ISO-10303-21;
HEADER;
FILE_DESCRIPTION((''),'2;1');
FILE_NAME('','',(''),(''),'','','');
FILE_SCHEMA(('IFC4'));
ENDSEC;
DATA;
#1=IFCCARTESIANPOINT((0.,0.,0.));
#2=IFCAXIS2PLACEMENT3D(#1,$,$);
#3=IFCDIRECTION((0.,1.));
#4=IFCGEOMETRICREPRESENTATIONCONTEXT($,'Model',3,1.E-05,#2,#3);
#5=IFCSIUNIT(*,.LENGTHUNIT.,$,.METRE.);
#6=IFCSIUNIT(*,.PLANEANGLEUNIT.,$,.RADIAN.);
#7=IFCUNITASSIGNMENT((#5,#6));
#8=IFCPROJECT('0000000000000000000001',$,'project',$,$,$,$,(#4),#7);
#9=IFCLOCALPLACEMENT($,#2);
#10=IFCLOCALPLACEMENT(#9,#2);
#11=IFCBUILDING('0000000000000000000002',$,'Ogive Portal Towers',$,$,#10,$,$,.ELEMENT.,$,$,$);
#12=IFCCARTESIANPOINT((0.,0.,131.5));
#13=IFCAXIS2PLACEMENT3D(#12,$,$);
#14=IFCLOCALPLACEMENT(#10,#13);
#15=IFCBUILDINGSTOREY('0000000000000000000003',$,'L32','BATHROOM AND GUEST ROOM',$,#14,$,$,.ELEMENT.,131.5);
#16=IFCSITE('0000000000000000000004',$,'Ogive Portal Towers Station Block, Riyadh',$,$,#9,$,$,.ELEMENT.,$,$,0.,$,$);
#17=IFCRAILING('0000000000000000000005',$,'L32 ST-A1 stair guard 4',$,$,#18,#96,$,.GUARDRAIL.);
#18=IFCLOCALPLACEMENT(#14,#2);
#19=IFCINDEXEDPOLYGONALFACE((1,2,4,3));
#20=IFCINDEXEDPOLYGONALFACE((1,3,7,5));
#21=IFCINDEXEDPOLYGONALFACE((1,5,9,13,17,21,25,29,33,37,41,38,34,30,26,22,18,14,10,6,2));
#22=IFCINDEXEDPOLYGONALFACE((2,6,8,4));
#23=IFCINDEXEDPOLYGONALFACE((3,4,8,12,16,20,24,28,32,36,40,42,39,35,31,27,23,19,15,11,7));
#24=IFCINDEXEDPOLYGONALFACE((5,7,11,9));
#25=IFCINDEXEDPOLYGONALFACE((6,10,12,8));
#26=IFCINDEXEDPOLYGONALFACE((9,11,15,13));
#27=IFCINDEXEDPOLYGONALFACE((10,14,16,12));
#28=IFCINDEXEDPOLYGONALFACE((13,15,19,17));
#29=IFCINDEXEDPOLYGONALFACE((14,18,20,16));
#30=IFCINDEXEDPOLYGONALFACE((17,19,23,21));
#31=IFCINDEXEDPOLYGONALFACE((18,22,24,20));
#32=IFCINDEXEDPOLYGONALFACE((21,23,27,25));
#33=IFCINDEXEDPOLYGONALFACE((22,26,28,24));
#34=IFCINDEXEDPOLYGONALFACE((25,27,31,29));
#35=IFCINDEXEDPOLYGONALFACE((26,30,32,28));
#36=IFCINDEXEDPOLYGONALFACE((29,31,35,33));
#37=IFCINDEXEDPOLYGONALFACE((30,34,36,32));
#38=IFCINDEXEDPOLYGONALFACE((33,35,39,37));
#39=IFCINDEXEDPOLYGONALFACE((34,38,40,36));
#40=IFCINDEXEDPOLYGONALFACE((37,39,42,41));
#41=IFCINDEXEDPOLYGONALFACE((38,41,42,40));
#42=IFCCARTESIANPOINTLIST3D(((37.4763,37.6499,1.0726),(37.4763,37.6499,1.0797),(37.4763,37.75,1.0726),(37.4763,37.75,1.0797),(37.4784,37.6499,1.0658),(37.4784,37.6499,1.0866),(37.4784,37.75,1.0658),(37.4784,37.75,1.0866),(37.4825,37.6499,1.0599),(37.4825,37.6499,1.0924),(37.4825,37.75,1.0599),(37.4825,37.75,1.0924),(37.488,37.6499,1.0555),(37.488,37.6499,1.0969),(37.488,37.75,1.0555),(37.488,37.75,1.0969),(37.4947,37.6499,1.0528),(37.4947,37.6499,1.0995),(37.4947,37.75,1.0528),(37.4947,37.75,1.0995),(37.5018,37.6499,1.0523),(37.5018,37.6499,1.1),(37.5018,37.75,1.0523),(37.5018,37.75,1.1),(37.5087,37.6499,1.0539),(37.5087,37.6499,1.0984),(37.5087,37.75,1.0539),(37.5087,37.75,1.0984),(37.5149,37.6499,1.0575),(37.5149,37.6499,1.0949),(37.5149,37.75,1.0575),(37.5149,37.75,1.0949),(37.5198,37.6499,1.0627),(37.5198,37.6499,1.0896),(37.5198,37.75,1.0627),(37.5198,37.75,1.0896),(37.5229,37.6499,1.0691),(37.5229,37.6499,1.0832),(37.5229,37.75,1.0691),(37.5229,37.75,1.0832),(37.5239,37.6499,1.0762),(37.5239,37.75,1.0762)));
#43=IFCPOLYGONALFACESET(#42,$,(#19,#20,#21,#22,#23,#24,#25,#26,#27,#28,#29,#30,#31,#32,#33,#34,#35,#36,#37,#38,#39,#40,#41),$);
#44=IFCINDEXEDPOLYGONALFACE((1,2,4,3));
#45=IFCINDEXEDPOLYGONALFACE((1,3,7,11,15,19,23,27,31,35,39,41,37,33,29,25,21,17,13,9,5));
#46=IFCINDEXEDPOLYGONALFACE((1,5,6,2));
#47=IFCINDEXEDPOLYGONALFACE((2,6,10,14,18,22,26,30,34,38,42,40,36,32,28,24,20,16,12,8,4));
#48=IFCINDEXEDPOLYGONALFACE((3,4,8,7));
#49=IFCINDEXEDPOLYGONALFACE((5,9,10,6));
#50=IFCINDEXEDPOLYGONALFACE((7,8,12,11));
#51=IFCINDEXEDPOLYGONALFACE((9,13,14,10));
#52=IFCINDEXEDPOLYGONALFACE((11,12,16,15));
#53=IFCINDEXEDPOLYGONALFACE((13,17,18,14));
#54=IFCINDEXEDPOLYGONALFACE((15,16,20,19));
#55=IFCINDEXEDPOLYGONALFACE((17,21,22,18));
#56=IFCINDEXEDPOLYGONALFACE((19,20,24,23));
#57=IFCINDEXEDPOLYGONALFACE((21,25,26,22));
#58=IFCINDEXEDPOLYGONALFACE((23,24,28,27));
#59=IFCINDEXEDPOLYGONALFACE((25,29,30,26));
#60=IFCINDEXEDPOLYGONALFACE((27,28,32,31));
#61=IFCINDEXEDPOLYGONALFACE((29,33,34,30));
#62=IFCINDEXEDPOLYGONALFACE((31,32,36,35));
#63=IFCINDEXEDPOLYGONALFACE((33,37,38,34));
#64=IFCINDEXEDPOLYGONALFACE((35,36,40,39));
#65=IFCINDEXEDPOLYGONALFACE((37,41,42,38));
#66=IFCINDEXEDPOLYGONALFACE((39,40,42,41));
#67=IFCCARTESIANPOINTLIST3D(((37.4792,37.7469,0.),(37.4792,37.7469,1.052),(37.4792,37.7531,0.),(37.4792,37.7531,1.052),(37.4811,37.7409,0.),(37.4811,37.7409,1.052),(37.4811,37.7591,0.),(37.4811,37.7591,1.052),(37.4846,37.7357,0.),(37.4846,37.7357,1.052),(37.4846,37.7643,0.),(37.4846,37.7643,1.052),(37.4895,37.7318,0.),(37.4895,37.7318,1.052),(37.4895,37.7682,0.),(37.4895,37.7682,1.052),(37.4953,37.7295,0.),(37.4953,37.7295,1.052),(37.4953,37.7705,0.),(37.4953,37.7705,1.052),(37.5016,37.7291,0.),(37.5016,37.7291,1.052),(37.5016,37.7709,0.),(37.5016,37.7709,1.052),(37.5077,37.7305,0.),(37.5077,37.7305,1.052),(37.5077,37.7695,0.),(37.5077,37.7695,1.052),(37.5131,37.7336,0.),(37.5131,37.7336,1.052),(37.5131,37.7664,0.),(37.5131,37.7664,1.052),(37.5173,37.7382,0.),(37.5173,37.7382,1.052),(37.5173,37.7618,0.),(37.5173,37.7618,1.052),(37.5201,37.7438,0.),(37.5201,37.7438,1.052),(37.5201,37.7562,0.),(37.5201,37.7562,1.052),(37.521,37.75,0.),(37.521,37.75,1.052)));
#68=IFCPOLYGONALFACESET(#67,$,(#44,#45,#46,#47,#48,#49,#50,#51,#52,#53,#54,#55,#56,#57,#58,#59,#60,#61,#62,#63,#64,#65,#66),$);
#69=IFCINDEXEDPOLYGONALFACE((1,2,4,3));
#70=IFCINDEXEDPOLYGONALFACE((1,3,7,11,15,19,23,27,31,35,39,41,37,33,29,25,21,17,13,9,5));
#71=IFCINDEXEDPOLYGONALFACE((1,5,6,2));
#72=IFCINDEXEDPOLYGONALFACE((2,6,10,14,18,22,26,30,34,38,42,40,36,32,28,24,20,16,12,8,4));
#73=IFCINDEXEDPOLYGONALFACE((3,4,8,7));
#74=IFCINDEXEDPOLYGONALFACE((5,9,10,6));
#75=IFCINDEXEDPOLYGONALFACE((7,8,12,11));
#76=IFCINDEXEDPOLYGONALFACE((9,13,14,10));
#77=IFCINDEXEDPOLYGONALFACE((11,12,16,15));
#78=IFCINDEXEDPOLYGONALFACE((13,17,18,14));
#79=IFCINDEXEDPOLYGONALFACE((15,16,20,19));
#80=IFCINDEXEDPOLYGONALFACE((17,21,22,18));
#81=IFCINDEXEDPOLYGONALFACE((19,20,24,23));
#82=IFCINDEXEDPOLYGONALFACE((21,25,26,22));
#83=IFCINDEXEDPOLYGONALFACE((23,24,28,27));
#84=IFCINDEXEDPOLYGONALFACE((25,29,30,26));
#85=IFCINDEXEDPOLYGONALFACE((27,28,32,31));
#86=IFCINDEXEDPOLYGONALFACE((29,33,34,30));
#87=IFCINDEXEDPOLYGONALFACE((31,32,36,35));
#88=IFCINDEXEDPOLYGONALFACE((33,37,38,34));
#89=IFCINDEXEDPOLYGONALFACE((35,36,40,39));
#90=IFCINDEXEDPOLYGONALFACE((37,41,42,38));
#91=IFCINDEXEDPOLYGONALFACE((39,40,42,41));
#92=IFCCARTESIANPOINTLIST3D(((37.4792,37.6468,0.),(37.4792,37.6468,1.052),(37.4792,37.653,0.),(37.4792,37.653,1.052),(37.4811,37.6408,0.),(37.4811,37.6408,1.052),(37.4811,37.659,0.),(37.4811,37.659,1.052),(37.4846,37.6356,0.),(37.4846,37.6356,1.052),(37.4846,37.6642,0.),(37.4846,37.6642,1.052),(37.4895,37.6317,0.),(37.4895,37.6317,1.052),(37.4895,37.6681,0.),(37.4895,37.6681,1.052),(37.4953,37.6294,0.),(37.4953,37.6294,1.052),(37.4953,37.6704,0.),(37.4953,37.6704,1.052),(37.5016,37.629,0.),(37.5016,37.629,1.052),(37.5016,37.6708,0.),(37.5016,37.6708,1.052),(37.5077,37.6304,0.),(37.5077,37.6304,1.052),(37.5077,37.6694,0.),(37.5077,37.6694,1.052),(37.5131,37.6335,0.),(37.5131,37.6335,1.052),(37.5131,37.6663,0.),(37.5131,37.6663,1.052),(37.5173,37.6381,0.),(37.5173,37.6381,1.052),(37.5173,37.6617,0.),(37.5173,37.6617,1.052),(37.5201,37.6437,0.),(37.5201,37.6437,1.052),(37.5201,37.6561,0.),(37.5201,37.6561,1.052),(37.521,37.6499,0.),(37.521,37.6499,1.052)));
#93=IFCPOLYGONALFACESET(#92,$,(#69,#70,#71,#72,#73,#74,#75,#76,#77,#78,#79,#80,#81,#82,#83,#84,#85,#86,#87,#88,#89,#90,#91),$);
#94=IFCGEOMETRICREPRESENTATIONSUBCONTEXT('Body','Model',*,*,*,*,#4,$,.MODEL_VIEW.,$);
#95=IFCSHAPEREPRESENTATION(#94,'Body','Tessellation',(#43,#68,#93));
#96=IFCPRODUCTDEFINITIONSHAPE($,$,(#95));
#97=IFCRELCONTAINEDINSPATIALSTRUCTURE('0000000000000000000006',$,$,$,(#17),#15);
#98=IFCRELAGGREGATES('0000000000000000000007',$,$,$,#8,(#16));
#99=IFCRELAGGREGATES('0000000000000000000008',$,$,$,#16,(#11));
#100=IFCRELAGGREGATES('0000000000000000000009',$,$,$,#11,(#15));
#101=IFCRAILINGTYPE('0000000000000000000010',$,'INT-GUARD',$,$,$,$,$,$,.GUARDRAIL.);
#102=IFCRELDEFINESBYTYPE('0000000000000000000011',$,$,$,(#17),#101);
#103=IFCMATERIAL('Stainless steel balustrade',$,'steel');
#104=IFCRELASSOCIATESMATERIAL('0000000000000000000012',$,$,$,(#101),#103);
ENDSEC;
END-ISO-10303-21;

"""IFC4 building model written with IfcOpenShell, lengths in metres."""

from ifc_helpers import new_model, si_unit, direction, frame, origin, origin_2d, place, context, subcontext, project, spatial, circle, extrude, material, type_object, element, save


model = new_model("IFC4")

# Units and contexts
model_context = context("Model", 3, precision=1e-05, world=origin(), true_north=direction((0.0, 1.0)))
body_context = subcontext(model_context, "Body", "Model", "MODEL_VIEW")
ifc_project = project(units=[si_unit("LENGTHUNIT", "METRE"), si_unit("PLANEANGLEUNIT", "RADIAN")], contexts=[model_context])

# Site, building, storey
site_placement = place(None, origin())
site = spatial("IfcSite", under=ifc_project, at=site_placement, Name="Ogive Portal Towers Station Block, Riyadh", CompositionType="ELEMENT", RefElevation=0.0)
building_placement = place(site_placement, origin())
building = spatial("IfcBuilding", under=site, at=building_placement, Name="Ogive Portal Towers", CompositionType="ELEMENT")
storey_placement = place(building_placement, frame((0.0, 0.0, 131.5)))
storey = spatial("IfcBuildingStorey", under=building, at=storey_placement, Name="L32", Description="BATHROOM AND GUEST ROOM", CompositionType="ELEMENT", Elevation=131.5)

# Railing
ifc_material_1 = material(Name="Stainless steel balustrade", Category="steel")
railing_type_1 = type_object("IfcRailingType", Name="INT-GUARD", PredefinedType="GUARDRAIL", material=ifc_material_1)
railing_1_placement = place(storey_placement, frame((37.5, 37.75, 0.0)))
element("IfcRailing", 1, at=railing_1_placement, inside=storey, type_object=railing_type_1, Name="L32 ST-A1 stair guard 4", PredefinedType="GUARDRAIL", context=body_context, shape_type="SweptSolid", body=[
    extrude(circle(Radius=0.0239, at=origin_2d()), frame((0.0, 0.0, 1.0762), z_axis=(0.0, -1.0, 0.0), x_axis=(1.0, 0.0, 0.0)), (0.0, 0.0, 1.0), 0.1001),
    extrude(circle(Radius=0.021, at=origin_2d()), origin(), (0.0, 0.0, 1.0), 1.052),
    extrude(circle(Radius=0.021, at=origin_2d()), frame((0.0, -0.1001, 0.0)), (0.0, 0.0, 1.0), 1.052),
])

save(model, "model.ifc")
